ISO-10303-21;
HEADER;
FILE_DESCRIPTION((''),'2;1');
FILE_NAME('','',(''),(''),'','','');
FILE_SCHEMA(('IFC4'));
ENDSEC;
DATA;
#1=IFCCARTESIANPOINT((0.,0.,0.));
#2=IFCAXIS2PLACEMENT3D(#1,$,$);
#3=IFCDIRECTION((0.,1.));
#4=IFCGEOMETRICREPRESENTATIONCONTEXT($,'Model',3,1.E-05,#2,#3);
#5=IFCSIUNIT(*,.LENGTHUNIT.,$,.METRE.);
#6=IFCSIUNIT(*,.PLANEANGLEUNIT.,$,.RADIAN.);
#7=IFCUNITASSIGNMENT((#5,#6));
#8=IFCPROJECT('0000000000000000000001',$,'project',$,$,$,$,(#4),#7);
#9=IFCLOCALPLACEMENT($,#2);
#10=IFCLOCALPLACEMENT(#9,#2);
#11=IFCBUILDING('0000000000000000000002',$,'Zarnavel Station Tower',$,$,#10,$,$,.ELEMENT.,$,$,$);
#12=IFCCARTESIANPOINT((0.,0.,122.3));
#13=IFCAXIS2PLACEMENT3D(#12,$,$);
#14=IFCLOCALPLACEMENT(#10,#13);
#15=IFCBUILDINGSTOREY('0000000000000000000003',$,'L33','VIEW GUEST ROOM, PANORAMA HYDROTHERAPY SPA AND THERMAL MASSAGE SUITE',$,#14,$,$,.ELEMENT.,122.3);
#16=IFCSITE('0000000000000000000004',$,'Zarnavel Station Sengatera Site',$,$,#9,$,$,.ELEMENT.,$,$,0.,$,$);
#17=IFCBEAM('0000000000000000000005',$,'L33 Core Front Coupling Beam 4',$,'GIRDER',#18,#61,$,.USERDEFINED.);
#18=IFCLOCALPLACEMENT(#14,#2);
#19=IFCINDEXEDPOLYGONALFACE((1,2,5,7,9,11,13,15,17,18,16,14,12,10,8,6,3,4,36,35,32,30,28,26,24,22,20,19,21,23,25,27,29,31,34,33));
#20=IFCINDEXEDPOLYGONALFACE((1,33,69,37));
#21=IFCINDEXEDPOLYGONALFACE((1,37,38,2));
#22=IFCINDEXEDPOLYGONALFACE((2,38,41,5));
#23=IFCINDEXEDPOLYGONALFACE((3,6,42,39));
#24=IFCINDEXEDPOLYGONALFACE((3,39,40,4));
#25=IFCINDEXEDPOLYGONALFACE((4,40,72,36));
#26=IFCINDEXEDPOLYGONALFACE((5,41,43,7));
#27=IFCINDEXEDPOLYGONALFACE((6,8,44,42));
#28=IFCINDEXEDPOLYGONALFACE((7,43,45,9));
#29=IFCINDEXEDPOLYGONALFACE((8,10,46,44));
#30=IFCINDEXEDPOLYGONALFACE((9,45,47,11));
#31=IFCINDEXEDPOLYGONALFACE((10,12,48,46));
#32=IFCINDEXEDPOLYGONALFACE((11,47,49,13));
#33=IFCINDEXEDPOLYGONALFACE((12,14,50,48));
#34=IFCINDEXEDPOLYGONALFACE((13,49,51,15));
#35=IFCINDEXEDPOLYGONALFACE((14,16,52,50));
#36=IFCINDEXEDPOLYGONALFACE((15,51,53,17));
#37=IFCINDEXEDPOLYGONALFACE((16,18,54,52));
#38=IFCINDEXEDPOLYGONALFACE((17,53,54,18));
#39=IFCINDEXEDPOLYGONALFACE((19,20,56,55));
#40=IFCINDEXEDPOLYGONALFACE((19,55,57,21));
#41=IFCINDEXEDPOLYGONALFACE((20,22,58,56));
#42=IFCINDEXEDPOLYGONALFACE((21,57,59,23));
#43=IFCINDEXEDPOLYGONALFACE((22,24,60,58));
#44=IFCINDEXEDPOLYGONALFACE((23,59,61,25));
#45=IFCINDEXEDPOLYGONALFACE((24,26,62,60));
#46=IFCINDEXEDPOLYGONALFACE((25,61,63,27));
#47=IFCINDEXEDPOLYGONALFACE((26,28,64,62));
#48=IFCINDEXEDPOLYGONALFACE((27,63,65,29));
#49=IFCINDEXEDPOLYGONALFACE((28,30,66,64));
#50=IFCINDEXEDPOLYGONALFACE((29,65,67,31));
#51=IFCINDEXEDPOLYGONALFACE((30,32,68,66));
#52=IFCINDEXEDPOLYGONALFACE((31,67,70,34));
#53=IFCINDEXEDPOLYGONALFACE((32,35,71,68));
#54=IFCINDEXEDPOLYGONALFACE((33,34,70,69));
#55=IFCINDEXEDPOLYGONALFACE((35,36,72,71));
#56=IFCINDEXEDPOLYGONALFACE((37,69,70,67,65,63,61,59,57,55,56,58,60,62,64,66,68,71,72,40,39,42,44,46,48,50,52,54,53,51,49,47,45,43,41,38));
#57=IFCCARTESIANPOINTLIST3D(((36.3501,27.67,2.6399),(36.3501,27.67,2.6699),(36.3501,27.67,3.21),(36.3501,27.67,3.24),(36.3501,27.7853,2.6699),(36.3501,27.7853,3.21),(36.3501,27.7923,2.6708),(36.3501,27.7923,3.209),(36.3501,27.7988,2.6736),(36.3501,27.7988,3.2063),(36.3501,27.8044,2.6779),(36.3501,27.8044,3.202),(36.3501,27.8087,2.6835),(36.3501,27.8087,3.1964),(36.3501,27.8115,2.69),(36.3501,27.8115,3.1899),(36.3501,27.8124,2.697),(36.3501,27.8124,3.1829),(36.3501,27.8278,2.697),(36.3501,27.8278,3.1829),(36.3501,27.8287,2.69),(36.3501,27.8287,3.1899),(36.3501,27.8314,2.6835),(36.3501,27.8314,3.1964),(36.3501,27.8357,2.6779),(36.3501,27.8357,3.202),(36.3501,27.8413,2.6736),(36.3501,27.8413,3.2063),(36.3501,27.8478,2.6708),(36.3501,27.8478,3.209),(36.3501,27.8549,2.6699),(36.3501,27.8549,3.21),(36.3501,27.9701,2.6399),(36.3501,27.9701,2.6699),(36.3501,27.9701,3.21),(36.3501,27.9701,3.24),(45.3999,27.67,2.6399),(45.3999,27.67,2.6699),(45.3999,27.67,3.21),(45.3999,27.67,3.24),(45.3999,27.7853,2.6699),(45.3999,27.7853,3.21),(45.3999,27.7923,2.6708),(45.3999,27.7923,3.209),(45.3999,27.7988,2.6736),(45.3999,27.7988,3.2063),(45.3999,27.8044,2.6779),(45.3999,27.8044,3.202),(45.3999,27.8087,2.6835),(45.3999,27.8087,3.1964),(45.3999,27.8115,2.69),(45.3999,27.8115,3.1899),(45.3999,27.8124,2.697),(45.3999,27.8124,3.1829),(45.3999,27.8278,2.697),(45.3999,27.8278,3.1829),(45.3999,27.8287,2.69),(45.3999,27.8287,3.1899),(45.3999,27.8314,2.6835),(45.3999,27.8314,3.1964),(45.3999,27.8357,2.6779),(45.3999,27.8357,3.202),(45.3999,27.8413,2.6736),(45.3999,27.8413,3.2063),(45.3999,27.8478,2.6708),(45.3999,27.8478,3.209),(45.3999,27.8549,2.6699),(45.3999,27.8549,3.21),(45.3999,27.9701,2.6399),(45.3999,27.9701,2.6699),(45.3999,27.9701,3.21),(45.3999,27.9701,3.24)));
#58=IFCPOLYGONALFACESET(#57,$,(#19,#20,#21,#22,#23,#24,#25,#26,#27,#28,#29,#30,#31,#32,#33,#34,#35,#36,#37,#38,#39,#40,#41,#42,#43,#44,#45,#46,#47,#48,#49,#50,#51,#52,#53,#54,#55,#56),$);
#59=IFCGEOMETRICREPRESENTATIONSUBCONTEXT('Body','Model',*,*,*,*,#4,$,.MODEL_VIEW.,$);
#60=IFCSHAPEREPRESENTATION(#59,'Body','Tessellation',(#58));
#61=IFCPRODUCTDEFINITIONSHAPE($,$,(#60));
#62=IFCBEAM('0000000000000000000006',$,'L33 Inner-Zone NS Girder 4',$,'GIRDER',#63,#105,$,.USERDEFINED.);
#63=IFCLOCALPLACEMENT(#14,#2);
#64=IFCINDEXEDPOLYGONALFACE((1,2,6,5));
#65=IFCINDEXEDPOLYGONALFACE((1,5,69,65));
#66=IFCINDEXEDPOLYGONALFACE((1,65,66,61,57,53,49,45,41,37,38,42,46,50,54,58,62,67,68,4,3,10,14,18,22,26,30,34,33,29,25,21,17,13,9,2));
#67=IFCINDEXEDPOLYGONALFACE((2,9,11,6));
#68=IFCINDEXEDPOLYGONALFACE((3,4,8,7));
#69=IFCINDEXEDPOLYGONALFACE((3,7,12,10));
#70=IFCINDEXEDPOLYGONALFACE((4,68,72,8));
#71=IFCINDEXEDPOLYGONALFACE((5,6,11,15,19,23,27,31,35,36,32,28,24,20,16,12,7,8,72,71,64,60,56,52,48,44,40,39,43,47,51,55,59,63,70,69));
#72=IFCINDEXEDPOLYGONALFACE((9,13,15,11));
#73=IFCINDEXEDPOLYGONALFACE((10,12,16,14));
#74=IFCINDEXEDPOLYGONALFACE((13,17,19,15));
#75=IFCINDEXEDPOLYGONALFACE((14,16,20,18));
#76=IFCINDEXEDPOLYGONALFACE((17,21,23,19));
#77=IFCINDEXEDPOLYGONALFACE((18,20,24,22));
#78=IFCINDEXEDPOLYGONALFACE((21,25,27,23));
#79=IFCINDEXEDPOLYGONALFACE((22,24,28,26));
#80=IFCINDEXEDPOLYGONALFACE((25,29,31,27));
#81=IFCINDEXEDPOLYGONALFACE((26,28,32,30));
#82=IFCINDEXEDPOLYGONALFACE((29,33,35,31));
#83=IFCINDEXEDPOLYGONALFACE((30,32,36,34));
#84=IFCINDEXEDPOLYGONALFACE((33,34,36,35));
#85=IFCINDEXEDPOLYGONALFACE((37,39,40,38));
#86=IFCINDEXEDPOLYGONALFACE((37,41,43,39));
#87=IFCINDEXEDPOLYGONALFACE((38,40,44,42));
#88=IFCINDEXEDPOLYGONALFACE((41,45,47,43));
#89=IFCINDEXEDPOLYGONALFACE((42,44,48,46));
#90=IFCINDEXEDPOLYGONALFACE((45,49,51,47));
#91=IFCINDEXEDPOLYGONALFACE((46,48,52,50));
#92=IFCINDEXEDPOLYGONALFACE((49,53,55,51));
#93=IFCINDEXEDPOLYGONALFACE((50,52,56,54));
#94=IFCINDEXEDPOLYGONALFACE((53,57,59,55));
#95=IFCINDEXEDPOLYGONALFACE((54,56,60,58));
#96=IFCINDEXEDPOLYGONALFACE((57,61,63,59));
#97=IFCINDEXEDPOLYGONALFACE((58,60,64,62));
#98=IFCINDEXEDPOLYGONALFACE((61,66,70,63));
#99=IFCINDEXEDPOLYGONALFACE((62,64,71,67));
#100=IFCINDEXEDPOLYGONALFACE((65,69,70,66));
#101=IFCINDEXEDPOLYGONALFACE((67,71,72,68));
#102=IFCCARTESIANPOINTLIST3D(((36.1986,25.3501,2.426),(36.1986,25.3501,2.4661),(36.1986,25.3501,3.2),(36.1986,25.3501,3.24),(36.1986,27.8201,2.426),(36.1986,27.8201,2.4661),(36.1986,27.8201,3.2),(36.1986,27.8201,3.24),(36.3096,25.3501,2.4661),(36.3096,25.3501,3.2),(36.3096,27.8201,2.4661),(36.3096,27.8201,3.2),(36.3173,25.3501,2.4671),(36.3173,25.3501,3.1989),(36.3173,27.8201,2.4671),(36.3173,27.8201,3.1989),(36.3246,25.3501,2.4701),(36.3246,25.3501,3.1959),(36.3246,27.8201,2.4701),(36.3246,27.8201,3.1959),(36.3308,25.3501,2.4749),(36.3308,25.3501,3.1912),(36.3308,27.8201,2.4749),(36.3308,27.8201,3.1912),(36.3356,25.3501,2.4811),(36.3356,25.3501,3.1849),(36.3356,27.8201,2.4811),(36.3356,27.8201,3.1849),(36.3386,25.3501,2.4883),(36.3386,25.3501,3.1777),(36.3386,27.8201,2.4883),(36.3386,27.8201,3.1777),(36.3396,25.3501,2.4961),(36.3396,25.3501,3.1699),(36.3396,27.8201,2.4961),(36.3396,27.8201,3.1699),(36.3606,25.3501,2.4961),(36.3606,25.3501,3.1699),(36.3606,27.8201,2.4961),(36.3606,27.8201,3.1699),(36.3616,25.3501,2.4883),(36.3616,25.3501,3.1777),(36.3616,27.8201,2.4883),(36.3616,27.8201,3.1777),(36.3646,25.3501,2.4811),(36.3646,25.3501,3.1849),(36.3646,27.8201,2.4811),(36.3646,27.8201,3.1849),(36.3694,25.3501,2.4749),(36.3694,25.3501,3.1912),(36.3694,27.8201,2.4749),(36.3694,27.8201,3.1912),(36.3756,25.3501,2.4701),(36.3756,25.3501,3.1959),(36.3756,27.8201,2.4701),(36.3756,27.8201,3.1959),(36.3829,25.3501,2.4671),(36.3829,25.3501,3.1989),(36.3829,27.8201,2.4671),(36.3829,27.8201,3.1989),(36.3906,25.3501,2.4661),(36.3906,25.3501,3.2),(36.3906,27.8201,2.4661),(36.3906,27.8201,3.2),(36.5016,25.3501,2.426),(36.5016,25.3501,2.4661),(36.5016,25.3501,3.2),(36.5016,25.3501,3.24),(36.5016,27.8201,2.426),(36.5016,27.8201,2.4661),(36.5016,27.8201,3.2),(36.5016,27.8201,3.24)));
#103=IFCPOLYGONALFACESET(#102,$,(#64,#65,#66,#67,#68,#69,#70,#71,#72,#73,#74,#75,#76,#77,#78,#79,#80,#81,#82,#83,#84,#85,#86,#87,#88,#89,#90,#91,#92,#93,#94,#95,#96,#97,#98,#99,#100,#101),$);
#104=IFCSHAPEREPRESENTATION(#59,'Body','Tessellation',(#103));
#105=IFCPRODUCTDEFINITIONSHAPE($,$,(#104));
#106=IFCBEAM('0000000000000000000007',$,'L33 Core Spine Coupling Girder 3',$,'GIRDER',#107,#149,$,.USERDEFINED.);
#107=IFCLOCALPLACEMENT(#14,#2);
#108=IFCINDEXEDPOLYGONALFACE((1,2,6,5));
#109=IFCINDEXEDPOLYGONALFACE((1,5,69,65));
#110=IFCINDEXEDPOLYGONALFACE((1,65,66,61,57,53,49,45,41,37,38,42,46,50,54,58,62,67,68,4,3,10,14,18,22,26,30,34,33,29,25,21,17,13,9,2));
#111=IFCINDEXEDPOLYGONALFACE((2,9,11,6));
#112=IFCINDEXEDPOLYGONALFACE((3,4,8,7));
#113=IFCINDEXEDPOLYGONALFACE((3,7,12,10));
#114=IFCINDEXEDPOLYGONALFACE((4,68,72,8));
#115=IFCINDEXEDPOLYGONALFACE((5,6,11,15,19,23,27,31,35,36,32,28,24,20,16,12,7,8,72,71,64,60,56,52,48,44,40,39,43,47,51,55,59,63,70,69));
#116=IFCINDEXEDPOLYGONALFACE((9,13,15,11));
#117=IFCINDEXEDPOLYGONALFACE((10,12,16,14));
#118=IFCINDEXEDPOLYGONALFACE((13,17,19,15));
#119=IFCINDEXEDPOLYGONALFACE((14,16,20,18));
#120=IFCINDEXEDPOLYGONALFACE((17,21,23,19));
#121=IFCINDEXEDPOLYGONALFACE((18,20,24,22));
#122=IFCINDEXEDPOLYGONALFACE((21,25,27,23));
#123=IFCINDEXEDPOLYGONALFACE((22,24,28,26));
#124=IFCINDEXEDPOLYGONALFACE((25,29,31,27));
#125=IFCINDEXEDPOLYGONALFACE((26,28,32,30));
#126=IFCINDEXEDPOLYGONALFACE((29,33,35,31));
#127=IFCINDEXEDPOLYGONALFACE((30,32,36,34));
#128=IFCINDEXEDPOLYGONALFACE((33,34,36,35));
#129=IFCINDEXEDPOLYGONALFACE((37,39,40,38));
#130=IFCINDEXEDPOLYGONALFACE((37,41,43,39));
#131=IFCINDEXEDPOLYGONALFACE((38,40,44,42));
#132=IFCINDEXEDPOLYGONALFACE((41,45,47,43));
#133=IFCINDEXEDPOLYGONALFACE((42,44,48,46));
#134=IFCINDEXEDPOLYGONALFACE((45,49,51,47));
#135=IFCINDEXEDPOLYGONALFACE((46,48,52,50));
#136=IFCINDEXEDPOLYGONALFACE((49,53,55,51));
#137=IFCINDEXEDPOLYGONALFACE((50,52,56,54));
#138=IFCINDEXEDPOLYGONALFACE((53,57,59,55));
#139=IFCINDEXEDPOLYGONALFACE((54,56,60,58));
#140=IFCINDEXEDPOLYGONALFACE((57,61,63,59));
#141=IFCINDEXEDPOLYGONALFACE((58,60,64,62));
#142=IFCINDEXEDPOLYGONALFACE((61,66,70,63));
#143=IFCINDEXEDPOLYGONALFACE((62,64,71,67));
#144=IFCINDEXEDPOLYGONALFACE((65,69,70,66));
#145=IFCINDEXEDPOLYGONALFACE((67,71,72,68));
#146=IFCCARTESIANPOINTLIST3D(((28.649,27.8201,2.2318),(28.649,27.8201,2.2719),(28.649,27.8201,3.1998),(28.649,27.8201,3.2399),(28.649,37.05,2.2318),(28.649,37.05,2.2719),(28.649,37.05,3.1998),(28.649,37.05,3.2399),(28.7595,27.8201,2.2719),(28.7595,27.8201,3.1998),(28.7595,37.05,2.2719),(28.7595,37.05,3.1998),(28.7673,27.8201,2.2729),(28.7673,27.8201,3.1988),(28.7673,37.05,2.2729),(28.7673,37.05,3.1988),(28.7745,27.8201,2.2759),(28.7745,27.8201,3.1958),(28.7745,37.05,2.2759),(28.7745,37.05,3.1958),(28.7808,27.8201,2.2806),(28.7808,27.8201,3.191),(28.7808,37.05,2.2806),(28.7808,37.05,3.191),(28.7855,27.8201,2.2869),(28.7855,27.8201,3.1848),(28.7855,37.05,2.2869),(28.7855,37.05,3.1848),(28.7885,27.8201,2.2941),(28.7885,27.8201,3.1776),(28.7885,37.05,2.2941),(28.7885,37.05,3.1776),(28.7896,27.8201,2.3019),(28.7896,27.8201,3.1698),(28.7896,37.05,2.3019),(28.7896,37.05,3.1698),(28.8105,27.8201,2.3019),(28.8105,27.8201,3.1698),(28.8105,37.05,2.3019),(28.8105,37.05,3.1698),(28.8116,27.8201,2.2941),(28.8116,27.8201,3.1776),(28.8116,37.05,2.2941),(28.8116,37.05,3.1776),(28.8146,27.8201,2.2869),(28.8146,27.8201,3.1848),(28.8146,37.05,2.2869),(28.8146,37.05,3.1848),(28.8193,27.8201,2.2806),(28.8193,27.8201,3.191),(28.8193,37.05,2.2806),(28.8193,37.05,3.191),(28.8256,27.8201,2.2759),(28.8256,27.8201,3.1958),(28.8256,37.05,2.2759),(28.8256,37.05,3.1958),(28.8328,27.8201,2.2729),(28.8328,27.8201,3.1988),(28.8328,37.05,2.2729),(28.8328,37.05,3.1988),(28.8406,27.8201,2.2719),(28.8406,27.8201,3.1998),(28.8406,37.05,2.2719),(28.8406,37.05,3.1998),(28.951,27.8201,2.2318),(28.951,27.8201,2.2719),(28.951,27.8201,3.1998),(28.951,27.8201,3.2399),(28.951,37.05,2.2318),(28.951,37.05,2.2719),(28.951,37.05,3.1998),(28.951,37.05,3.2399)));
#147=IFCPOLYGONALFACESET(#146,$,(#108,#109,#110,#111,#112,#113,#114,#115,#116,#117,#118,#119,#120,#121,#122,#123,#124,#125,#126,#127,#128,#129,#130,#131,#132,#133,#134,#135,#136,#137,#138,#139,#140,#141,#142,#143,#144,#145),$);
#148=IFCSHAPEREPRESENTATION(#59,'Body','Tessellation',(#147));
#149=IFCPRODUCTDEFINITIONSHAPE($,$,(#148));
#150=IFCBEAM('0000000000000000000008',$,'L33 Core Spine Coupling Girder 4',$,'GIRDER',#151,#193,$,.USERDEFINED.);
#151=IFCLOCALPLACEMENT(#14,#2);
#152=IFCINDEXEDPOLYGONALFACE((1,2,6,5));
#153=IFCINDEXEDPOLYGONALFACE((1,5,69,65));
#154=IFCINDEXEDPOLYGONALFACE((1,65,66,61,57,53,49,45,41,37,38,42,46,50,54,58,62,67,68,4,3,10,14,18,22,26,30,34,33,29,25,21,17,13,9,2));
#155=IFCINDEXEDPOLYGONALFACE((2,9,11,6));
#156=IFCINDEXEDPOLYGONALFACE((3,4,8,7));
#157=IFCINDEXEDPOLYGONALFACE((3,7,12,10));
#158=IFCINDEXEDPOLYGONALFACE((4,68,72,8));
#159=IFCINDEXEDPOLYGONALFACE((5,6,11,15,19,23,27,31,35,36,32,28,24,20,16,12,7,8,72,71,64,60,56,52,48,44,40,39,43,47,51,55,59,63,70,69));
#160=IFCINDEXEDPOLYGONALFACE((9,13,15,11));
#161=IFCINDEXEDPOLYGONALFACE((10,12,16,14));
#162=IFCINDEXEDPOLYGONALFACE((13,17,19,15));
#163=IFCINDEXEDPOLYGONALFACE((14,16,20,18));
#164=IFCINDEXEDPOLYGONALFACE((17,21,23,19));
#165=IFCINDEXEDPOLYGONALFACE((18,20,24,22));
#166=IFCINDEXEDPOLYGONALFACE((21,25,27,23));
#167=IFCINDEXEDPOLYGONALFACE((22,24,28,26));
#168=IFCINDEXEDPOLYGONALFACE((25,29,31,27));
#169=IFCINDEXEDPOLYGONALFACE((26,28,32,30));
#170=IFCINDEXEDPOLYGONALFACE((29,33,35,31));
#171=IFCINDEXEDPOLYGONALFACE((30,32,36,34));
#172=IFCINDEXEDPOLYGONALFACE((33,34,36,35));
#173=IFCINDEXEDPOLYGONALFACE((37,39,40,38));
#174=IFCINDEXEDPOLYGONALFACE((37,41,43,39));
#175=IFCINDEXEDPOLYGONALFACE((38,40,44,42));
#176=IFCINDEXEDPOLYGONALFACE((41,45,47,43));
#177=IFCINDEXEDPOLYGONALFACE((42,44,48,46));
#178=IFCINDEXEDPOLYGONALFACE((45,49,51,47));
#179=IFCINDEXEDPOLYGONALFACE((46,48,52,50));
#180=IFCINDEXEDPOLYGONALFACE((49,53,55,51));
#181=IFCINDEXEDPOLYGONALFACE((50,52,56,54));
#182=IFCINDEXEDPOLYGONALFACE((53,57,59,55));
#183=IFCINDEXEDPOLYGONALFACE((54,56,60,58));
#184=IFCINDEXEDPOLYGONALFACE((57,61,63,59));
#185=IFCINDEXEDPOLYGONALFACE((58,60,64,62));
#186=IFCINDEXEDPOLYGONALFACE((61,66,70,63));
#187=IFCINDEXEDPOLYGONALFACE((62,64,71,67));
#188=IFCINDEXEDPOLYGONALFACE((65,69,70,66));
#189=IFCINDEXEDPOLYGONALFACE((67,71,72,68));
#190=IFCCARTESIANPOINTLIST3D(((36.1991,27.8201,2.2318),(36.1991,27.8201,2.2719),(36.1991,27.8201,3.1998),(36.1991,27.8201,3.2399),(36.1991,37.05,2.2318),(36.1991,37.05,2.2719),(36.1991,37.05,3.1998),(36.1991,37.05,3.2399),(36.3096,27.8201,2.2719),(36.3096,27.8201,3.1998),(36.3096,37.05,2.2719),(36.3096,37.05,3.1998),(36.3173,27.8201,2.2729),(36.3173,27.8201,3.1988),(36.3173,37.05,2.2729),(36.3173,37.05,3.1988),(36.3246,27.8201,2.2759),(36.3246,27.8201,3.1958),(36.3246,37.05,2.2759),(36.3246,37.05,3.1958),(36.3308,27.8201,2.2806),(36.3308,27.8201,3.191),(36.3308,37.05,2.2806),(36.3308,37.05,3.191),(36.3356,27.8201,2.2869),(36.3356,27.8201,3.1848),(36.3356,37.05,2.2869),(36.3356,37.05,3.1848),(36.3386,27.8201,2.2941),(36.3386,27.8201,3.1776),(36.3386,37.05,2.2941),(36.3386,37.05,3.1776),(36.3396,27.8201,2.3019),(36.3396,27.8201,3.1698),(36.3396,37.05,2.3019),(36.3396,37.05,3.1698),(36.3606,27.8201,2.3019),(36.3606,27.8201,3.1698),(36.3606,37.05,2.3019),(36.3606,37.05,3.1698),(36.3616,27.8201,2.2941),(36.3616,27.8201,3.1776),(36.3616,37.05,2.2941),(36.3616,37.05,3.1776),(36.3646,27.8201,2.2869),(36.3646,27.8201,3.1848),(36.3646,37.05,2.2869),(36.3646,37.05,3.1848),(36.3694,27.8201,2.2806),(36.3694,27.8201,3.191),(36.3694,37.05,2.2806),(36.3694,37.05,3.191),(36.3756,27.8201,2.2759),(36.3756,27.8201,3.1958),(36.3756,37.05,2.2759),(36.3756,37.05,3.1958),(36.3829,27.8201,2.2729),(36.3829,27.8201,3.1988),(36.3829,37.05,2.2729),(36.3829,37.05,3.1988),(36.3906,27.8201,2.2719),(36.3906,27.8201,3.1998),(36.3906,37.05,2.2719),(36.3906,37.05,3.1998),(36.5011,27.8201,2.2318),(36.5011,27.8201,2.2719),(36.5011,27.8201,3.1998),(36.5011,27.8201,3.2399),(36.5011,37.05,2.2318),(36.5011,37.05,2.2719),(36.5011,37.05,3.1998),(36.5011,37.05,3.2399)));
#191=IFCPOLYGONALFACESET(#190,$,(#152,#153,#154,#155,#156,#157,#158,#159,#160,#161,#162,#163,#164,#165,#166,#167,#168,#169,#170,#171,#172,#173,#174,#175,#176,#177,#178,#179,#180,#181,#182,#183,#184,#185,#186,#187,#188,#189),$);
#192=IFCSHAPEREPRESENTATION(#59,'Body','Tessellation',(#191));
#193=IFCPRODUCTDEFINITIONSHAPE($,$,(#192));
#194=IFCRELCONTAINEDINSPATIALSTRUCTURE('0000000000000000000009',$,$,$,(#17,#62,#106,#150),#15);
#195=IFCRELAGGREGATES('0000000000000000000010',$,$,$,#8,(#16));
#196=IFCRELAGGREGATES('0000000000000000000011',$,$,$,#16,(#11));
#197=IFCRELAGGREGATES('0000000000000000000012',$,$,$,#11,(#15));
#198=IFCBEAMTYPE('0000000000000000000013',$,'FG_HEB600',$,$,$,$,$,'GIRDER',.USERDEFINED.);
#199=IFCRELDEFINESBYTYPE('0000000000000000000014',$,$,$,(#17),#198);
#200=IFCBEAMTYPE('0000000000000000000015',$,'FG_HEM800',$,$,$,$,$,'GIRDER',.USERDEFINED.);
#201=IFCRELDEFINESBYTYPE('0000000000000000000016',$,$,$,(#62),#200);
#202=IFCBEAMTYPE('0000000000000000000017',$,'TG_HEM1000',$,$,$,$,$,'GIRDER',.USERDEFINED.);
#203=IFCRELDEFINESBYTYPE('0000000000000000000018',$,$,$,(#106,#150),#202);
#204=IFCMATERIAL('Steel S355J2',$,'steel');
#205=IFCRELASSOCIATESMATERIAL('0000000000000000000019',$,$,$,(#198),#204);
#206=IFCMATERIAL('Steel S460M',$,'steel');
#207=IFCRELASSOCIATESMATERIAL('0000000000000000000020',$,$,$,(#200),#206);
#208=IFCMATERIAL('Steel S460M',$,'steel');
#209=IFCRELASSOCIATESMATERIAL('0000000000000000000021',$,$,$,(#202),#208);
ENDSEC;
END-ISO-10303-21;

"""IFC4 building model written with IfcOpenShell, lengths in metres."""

from ifc_helpers import new_model, si_unit, direction, frame, origin, origin_2d, place, context, subcontext, project, spatial, i_section, extrude, material, material_profile, profile_set, type_object, element, save


model = new_model("IFC4")

# Units and contexts
model_context = context("Model", 3, precision=1e-05, world=origin(), true_north=direction((0.0, 1.0)))
body_context = subcontext(model_context, "Body", "Model", "MODEL_VIEW")
ifc_project = project(units=[si_unit("LENGTHUNIT", "METRE"), si_unit("PLANEANGLEUNIT", "RADIAN")], contexts=[model_context])

# Site, building, storey
site_placement = place(None, origin())
site = spatial("IfcSite", under=ifc_project, at=site_placement, Name="Zarnavel Station Sengatera Site", CompositionType="ELEMENT", RefElevation=0.0)
building_placement = place(site_placement, origin())
building = spatial("IfcBuilding", under=site, at=building_placement, Name="Zarnavel Station Tower", CompositionType="ELEMENT")
storey_placement = place(building_placement, frame((0.0, 0.0, 122.3)))
storey = spatial("IfcBuildingStorey", under=building, at=storey_placement, Name="L33", Description="VIEW GUEST ROOM, PANORAMA HYDROTHERAPY SPA AND THERMAL MASSAGE SUITE", CompositionType="ELEMENT", Elevation=122.3)

# Beams
ifc_material_1 = material(Name="Steel S355J2", Category="steel")
ifc_material_profile_1 = material_profile(ifc_material_1, i_section(OverallWidth=0.3, OverallDepth=0.6001, WebThickness=0.0154, FlangeThickness=0.03, FilletRadius=0.0271, at=origin_2d()), Name="HEB600")
ifc_profile_set_1 = profile_set([ifc_material_profile_1], Name="Steel S355J2")
beam_type_1 = type_object("IfcBeamType", Name="FG_HEB600", ElementType="GIRDER", PredefinedType="USERDEFINED", material=ifc_profile_set_1)
beam_1_placement = place(storey_placement, frame((36.3501, 27.8201, 2.9399), z_axis=(1.0, 0.0, 0.0), x_axis=(0.0, 1.0, 0.0)))
element("IfcBeam", 1, at=beam_1_placement, inside=storey, type_object=beam_type_1, Name="L33 Core Front Coupling Beam 4", ObjectType="GIRDER", PredefinedType="USERDEFINED", context=body_context, shape_type="SweptSolid", body=[
    extrude(i_section(OverallWidth=0.3, OverallDepth=0.6001, WebThickness=0.0154, FlangeThickness=0.03, FilletRadius=0.0271, at=origin_2d()), origin(), (0.0, 0.0, 1.0), 9.0498),
])
ifc_material_2 = material(Name="Steel S460M", Category="steel")
ifc_material_profile_2 = material_profile(ifc_material_2, i_section(OverallWidth=0.303, OverallDepth=0.814, WebThickness=0.021, FlangeThickness=0.04, FilletRadius=0.03, at=origin_2d()), Name="HEM800")
ifc_profile_set_2 = profile_set([ifc_material_profile_2], Name="Steel S460M")
beam_type_2 = type_object("IfcBeamType", Name="FG_HEM800", ElementType="GIRDER", PredefinedType="USERDEFINED", material=ifc_profile_set_2)
beam_2_placement = place(storey_placement, frame((36.3501, 25.3501, 2.833), z_axis=(0.0, 1.0, 0.0), x_axis=(-1.0, 0.0, 0.0)))
element("IfcBeam", 2, at=beam_2_placement, inside=storey, type_object=beam_type_2, Name="L33 Inner-Zone NS Girder 4", ObjectType="GIRDER", PredefinedType="USERDEFINED", context=body_context, shape_type="SweptSolid", body=[
    extrude(i_section(OverallWidth=0.303, OverallDepth=0.814, WebThickness=0.021, FlangeThickness=0.04, FilletRadius=0.03, at=origin_2d()), origin(), (0.0, 0.0, 1.0), 2.47),
])
ifc_material_3 = material(Name="Steel S460M", Category="steel")
ifc_material_profile_3 = material_profile(ifc_material_3, i_section(OverallWidth=0.302, OverallDepth=1.0081, WebThickness=0.021, FlangeThickness=0.04, FilletRadius=0.03, at=origin_2d()), Name="HEM1000")
ifc_profile_set_3 = profile_set([ifc_material_profile_3], Name="Steel S460M")
beam_type_3 = type_object("IfcBeamType", Name="TG_HEM1000", ElementType="GIRDER", PredefinedType="USERDEFINED", material=ifc_profile_set_3)
for number, where, z_axis, x_axis, name in (
    (3, (28.8, 27.8201, 2.7358), (0.0, 1.0, 0.0), (-1.0, 0.0, 0.0), "L33 Core Spine Coupling Girder 3"),
    (4, (36.3501, 27.8201, 2.7358), (0.0, 1.0, 0.0), (-1.0, 0.0, 0.0), "L33 Core Spine Coupling Girder 4"),
):
    element("IfcBeam", number, at=place(storey_placement, frame(where, z_axis=z_axis, x_axis=x_axis)), inside=storey, type_object=beam_type_3, Name=name, ObjectType="GIRDER", PredefinedType="USERDEFINED", context=body_context, shape_type="SweptSolid", body=[
        extrude(i_section(OverallWidth=0.302, OverallDepth=1.0081, WebThickness=0.021, FlangeThickness=0.04, FilletRadius=0.03, at=origin_2d()), origin(), (0.0, 0.0, 1.0), 9.23),
    ])

save(model, "model.ifc")
